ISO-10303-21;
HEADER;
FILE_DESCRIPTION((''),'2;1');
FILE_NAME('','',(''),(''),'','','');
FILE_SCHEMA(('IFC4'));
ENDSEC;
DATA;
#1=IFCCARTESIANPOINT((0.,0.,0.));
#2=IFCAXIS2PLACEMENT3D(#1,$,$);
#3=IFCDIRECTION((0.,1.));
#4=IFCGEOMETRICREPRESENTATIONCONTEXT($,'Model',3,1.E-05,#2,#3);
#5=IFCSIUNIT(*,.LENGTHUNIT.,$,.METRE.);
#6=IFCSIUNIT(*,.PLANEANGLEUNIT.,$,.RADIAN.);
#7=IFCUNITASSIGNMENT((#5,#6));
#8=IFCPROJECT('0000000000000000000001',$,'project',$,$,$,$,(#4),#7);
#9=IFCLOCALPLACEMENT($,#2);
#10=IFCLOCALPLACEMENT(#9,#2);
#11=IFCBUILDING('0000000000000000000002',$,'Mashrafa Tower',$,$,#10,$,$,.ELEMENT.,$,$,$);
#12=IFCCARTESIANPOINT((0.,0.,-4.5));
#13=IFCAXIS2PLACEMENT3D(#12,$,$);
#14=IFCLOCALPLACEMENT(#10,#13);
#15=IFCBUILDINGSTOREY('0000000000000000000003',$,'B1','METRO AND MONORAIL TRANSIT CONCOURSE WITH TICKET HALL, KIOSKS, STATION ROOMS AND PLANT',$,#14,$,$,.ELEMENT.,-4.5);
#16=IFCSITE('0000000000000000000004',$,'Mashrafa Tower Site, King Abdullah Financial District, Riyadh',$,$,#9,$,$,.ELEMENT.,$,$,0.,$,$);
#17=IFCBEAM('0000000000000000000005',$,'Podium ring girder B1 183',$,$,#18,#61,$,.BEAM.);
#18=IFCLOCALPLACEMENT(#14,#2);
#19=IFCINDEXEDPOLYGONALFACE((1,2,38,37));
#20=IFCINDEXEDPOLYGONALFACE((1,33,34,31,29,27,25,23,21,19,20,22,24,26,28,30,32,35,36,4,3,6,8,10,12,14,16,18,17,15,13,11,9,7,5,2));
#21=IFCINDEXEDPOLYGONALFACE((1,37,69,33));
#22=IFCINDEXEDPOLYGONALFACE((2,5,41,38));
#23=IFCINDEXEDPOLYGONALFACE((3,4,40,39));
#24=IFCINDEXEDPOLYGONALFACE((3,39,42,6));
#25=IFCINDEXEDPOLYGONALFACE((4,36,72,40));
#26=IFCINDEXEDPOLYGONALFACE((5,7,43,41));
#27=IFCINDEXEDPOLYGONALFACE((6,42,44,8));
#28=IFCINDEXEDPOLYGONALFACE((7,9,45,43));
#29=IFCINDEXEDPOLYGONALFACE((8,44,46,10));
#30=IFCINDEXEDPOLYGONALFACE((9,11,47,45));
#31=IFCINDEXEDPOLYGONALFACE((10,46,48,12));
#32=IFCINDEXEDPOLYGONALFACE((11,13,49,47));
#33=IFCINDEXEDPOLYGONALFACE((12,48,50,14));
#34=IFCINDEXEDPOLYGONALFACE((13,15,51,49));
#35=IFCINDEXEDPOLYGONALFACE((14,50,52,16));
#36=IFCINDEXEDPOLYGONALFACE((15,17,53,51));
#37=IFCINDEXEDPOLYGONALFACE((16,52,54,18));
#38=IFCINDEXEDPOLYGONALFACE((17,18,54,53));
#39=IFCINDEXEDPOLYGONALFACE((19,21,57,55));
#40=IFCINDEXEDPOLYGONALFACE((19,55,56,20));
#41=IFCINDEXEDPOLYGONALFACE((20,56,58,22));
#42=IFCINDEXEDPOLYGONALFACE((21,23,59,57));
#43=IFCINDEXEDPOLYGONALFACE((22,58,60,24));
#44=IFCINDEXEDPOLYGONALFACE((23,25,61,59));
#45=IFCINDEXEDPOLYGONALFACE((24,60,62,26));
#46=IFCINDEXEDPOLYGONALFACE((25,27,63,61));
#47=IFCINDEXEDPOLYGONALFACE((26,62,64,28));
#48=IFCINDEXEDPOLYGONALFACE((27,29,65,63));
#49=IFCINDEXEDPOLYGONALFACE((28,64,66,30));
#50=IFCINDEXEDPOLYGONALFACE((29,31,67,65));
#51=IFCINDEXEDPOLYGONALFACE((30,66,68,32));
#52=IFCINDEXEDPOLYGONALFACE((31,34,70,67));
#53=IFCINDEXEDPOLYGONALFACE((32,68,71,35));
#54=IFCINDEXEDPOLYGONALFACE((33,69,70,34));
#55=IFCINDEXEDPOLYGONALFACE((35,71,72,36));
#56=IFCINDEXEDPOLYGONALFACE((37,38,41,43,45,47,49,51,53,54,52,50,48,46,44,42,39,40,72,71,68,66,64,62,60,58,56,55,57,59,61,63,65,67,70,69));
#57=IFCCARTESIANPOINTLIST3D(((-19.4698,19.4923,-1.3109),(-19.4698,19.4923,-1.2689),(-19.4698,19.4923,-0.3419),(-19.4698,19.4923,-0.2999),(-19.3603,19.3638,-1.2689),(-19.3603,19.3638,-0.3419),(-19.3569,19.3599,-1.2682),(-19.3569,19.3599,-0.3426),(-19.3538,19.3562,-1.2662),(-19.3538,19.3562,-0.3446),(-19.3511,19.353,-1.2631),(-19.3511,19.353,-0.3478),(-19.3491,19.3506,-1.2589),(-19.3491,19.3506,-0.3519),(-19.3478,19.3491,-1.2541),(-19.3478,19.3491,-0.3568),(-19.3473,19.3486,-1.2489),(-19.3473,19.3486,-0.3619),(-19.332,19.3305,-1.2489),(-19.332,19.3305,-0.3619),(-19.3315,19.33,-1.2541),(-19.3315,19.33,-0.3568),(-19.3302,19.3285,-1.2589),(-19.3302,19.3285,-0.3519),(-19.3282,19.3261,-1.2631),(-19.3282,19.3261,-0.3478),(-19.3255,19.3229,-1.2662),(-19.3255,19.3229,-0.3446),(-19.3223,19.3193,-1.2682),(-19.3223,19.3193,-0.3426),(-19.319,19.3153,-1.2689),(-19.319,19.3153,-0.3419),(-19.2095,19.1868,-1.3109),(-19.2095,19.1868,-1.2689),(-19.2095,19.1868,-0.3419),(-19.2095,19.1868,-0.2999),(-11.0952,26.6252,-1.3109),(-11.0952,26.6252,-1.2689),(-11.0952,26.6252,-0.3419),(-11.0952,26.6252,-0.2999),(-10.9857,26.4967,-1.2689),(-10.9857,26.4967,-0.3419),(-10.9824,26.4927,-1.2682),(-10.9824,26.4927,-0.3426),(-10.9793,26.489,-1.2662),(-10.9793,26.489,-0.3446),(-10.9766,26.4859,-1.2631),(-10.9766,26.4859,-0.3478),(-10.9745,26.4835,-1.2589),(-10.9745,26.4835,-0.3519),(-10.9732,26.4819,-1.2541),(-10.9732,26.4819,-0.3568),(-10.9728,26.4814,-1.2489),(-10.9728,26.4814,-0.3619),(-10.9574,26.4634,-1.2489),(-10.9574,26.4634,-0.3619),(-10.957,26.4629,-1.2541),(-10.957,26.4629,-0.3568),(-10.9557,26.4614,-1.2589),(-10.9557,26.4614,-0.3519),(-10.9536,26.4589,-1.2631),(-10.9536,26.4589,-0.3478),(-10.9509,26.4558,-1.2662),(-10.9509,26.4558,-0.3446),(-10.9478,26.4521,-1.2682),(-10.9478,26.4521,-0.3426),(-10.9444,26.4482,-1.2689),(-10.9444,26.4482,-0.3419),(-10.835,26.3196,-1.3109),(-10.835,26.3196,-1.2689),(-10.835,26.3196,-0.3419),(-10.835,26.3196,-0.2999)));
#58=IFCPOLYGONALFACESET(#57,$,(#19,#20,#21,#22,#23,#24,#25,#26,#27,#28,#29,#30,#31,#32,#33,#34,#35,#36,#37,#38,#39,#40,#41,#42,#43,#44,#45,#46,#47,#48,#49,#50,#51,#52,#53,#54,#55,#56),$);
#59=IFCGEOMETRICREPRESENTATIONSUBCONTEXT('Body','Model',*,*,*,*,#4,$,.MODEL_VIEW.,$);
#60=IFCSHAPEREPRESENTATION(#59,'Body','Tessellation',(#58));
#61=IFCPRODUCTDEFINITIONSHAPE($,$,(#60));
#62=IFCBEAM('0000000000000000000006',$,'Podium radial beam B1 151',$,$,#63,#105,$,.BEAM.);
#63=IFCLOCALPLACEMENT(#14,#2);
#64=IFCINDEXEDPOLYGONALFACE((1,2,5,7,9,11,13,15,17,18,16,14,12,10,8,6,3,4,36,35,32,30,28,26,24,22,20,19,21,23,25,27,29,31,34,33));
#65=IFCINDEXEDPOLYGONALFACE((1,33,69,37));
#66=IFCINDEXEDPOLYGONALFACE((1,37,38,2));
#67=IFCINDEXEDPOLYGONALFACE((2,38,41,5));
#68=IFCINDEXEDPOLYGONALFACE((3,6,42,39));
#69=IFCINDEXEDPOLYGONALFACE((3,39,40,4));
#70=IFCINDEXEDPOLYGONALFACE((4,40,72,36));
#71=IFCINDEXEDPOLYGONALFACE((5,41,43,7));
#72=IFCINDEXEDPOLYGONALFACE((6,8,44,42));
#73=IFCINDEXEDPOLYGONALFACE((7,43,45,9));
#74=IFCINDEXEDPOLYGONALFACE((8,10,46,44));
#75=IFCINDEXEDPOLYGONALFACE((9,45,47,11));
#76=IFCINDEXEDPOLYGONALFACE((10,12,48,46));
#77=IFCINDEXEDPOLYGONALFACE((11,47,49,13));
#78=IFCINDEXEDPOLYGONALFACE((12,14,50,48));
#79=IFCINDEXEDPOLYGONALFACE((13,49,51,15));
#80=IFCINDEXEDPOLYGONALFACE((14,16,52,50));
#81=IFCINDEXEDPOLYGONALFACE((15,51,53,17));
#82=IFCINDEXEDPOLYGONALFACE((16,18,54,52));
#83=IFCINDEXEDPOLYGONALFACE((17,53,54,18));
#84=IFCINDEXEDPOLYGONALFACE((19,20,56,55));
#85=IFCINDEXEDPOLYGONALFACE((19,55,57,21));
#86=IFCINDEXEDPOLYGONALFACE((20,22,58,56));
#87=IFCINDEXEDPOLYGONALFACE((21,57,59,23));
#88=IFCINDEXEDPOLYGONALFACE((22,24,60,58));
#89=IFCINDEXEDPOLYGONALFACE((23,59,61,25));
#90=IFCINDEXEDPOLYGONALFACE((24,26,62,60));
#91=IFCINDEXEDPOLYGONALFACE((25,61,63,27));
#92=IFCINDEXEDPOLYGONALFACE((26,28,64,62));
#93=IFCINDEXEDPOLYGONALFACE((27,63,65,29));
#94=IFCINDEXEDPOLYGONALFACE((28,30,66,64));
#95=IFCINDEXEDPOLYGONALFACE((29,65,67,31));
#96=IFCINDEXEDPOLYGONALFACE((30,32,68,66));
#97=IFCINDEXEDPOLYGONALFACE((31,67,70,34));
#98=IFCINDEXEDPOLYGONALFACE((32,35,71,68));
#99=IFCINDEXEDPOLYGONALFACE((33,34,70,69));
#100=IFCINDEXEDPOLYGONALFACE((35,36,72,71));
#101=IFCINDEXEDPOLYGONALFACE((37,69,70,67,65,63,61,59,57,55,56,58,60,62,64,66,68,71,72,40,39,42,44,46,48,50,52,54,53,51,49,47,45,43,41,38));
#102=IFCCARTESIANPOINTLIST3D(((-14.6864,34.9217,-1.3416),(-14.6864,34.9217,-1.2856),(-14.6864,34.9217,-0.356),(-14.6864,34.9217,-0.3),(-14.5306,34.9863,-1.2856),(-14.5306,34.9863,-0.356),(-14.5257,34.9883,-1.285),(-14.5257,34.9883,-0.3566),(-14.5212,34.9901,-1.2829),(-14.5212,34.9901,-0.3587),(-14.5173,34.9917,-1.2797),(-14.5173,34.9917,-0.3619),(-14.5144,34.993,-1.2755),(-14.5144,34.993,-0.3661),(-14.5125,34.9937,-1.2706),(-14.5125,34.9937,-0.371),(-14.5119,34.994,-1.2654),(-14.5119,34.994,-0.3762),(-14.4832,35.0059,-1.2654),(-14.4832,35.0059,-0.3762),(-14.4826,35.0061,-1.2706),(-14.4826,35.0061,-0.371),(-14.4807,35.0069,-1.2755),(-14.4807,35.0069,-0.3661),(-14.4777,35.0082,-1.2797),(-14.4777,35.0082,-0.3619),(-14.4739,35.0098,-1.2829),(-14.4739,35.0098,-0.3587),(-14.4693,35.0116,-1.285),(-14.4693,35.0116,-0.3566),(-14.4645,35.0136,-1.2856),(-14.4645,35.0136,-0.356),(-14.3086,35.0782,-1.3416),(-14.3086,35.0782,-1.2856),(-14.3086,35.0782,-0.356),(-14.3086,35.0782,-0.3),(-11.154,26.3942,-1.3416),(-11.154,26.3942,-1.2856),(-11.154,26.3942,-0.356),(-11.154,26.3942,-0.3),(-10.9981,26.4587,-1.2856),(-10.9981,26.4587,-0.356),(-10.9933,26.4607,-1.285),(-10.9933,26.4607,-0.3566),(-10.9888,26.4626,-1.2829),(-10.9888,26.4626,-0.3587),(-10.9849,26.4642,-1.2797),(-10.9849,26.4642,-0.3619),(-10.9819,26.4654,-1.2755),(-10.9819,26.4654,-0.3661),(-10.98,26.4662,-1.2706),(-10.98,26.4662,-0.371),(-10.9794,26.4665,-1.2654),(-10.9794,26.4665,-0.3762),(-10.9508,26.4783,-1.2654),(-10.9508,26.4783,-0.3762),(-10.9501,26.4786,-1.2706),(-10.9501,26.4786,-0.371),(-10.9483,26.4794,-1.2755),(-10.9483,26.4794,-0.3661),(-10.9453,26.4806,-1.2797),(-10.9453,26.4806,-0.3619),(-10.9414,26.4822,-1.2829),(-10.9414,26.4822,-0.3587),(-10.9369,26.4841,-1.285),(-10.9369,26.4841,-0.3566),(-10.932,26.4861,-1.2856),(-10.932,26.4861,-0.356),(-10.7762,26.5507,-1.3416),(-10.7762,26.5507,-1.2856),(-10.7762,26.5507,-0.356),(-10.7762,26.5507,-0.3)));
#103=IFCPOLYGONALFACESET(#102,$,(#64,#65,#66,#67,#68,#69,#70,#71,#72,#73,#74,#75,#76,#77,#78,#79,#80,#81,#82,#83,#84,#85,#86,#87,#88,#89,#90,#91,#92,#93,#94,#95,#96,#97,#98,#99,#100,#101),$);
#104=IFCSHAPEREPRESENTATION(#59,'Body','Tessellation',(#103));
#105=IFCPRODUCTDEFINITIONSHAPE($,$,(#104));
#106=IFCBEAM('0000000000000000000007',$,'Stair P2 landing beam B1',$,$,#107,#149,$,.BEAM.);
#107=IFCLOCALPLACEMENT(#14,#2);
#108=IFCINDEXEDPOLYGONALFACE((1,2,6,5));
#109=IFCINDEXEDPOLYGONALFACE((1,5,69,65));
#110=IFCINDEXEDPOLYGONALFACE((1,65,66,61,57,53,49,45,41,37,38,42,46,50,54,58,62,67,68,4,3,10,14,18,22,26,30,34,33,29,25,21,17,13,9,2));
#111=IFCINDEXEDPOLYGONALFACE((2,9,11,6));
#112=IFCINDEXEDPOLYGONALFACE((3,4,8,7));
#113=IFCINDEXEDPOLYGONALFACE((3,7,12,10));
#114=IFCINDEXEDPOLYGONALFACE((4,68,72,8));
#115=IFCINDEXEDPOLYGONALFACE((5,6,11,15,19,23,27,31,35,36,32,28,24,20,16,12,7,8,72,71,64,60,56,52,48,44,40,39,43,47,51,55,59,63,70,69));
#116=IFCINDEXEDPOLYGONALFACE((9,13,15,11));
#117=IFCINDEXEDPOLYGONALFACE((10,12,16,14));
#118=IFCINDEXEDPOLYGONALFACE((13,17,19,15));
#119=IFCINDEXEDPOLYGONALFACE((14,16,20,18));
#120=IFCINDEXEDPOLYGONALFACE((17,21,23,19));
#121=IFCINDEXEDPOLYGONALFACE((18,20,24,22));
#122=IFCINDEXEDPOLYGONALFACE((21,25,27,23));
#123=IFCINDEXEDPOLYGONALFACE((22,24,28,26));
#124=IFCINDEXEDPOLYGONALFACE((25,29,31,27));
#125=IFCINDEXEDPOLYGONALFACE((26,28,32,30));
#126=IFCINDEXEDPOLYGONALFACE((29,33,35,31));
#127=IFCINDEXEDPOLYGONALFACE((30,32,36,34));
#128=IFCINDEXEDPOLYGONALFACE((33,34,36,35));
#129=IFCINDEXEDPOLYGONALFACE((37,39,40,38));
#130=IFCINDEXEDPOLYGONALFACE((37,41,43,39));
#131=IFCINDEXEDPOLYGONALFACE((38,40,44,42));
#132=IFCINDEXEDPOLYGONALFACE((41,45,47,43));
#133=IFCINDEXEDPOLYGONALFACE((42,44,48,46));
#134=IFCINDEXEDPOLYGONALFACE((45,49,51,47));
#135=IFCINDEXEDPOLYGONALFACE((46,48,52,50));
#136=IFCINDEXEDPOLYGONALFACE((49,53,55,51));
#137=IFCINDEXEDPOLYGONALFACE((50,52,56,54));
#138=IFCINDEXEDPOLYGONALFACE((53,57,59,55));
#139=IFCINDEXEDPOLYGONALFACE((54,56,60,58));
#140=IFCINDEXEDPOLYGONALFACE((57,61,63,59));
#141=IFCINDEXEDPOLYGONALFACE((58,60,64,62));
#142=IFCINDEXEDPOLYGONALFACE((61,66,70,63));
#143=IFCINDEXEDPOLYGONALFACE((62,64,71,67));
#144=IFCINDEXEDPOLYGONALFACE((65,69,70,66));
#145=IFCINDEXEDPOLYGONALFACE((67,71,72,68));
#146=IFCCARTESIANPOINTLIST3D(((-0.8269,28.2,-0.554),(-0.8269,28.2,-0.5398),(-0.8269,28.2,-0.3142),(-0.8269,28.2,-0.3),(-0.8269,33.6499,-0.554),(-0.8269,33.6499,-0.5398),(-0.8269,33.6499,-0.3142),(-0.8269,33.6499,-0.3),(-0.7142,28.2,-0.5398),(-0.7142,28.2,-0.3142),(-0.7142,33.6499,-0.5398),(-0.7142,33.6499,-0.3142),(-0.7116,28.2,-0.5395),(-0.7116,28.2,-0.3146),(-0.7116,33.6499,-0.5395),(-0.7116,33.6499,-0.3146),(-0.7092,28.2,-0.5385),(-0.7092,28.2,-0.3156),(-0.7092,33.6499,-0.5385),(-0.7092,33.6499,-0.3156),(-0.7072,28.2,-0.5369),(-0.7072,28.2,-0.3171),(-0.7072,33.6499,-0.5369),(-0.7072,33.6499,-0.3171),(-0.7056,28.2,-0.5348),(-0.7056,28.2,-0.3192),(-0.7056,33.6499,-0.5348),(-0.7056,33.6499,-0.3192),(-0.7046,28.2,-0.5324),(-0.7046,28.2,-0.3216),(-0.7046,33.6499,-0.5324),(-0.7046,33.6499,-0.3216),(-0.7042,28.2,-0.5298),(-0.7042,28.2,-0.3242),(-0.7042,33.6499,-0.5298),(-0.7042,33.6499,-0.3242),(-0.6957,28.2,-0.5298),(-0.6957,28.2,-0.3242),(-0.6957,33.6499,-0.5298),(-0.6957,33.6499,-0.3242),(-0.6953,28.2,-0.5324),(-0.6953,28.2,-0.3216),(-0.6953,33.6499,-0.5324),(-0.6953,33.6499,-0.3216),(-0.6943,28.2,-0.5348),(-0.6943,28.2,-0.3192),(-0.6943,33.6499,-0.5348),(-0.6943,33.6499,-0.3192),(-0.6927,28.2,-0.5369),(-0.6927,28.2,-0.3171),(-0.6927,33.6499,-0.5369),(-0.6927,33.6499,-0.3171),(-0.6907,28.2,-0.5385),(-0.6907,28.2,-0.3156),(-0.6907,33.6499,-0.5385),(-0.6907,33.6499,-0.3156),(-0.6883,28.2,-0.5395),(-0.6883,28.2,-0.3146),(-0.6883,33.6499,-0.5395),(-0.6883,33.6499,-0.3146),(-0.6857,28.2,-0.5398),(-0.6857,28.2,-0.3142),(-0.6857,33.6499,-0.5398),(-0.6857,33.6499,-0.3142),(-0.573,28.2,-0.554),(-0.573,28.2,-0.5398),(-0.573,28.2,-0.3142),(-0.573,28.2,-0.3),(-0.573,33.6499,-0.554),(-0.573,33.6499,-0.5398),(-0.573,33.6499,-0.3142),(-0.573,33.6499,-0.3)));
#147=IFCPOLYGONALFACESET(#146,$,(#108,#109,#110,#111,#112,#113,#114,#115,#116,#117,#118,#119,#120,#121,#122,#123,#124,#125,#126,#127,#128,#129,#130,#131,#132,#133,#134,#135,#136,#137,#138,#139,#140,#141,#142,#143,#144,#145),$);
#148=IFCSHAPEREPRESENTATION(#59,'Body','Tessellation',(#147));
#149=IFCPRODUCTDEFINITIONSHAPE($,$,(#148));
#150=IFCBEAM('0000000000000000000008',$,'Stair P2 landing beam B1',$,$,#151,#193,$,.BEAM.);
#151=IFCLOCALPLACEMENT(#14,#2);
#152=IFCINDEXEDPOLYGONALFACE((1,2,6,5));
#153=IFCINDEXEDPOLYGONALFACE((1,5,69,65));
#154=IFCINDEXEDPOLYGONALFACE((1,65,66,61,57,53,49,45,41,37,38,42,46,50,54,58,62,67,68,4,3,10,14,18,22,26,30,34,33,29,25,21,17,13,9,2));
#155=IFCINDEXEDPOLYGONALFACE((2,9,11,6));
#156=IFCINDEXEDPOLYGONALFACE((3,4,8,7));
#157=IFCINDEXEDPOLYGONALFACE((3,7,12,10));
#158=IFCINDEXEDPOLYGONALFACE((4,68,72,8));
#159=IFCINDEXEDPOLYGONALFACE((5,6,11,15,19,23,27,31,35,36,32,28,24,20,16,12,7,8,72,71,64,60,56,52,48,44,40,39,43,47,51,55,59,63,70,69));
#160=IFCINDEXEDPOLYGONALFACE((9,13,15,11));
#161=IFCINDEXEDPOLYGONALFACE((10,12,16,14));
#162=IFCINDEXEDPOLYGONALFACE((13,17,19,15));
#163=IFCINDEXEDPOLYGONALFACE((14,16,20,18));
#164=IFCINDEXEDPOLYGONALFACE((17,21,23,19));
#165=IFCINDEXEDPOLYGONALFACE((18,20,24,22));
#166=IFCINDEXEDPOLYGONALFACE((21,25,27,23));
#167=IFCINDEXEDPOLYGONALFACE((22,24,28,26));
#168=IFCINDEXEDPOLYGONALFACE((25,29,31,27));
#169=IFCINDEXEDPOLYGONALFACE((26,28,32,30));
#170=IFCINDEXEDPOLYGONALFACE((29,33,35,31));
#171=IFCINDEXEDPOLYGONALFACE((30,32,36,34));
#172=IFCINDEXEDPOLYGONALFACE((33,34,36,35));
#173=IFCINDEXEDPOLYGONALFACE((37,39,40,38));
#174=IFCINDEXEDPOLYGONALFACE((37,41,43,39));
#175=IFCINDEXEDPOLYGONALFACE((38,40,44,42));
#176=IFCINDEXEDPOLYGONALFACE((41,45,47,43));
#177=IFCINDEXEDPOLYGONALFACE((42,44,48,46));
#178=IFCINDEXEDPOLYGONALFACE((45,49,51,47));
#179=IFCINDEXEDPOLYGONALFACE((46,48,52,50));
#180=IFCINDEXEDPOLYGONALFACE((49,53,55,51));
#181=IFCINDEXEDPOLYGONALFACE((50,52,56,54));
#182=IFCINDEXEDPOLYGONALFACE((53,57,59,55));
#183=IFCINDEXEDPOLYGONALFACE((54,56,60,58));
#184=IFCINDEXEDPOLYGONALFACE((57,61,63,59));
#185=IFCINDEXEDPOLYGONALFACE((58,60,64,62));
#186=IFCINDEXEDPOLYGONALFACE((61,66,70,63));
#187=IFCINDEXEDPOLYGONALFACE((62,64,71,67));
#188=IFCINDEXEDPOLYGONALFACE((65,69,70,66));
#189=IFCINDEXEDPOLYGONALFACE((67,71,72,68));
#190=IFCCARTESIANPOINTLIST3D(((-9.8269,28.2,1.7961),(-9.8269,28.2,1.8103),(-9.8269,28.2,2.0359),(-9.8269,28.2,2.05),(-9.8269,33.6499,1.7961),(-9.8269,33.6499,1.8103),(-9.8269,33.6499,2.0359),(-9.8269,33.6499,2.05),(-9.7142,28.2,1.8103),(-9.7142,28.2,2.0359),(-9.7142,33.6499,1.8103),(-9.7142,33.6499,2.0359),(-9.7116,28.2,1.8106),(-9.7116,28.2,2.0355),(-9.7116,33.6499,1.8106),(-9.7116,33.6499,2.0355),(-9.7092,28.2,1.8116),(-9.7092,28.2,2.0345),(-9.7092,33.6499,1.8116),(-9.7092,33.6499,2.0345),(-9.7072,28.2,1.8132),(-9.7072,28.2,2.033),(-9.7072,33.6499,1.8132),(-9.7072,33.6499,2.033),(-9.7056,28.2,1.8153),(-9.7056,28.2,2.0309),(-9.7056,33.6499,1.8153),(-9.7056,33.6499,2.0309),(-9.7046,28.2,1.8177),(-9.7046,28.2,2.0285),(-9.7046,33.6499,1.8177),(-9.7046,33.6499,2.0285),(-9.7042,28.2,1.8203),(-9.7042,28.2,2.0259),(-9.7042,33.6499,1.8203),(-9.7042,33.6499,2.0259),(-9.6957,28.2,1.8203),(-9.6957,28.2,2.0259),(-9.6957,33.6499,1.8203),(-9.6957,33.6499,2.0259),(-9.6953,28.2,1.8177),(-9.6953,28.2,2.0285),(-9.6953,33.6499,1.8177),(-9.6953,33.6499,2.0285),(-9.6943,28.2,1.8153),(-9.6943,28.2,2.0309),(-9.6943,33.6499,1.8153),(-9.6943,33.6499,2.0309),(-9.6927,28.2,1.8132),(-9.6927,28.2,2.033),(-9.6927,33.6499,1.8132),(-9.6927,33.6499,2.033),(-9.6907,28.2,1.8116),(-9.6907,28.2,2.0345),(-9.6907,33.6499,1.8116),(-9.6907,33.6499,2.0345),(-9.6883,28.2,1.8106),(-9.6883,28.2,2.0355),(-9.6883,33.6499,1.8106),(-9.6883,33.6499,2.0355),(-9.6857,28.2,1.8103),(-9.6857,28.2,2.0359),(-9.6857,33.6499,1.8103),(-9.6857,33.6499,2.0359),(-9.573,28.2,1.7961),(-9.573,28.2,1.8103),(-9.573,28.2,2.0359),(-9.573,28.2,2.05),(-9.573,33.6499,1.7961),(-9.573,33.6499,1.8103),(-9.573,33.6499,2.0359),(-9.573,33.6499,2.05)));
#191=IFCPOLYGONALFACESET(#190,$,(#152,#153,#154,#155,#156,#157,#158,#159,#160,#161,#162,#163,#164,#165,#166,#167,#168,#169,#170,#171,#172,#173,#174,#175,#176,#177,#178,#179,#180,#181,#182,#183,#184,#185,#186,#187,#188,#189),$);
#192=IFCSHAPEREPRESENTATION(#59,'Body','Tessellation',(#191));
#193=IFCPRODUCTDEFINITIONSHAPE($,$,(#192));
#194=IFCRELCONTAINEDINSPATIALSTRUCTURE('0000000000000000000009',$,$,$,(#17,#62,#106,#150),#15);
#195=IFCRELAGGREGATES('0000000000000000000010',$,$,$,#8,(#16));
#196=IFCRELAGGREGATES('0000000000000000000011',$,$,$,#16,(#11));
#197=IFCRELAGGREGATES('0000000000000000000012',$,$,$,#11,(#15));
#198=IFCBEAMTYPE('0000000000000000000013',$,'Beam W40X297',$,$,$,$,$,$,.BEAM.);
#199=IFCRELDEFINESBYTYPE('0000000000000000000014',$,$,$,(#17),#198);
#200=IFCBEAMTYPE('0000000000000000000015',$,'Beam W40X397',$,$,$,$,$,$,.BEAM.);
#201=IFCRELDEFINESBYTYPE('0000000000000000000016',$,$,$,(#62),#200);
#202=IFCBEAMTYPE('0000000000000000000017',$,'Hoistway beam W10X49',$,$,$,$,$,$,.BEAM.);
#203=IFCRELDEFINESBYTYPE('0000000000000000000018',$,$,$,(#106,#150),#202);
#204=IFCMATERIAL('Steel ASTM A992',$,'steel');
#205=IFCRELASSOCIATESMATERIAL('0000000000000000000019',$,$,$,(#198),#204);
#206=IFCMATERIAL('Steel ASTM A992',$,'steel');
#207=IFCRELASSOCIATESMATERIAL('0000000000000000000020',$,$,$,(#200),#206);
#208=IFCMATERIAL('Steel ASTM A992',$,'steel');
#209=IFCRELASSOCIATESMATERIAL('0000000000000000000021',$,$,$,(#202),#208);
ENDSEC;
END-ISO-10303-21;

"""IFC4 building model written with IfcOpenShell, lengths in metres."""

from ifc_helpers import new_model, si_unit, direction, frame, origin, origin_2d, place, context, subcontext, project, spatial, i_section, extrude, material, material_profile, profile_set, type_object, element, save


model = new_model("IFC4")

# Units and contexts
model_context = context("Model", 3, precision=1e-05, world=origin(), true_north=direction((0.0, 1.0)))
body_context = subcontext(model_context, "Body", "Model", "MODEL_VIEW")
ifc_project = project(units=[si_unit("LENGTHUNIT", "METRE"), si_unit("PLANEANGLEUNIT", "RADIAN")], contexts=[model_context])

# Site, building, storey
site_placement = place(None, origin())
site = spatial("IfcSite", under=ifc_project, at=site_placement, Name="Mashrafa Tower Site, King Abdullah Financial District, Riyadh", CompositionType="ELEMENT", RefElevation=0.0)
building_placement = place(site_placement, origin())
building = spatial("IfcBuilding", under=site, at=building_placement, Name="Mashrafa Tower", CompositionType="ELEMENT")
storey_placement = place(building_placement, frame((0.0, 0.0, -4.5)))
storey = spatial("IfcBuildingStorey", under=building, at=storey_placement, Name="B1", Description="METRO AND MONORAIL TRANSIT CONCOURSE WITH TICKET HALL, KIOSKS, STATION ROOMS AND PLANT", CompositionType="ELEMENT", Elevation=-4.5)

# Beams
ifc_material_1 = material(Name="Steel ASTM A992", Category="steel")
ifc_material_profile_1 = material_profile(ifc_material_1, i_section(OverallWidth=0.4014, OverallDepth=1.011, WebThickness=0.0237, FlangeThickness=0.042, FilletRadius=0.02, at=origin_2d()), Name="W40X297")
ifc_profile_set_1 = profile_set([ifc_material_profile_1], Name="Steel ASTM A992")
beam_type_1 = type_object("IfcBeamType", Name="Beam W40X297", PredefinedType="BEAM", material=ifc_profile_set_1)
beam_1_placement = place(storey_placement, frame((-10.9651, 26.4724, -0.8054), z_axis=(-0.761289, -0.648412, 0.0), x_axis=(0.648412, -0.761289, 0.0)))
element("IfcBeam", 1, at=beam_1_placement, inside=storey, type_object=beam_type_1, Name="Podium ring girder B1 183", PredefinedType="BEAM", context=body_context, shape_type="SweptSolid", body=[
    extrude(i_section(OverallWidth=0.4014, OverallDepth=1.011, WebThickness=0.0237, FlangeThickness=0.042, FilletRadius=0.02, at=origin_2d()), origin(), (0.0, 0.0, 1.0), 11.0005),
])
ifc_material_2 = material(Name="Steel ASTM A992", Category="steel")
ifc_material_profile_2 = material_profile(ifc_material_2, i_section(OverallWidth=0.4089, OverallDepth=1.0415, WebThickness=0.031, FlangeThickness=0.0559, FilletRadius=0.0203, at=origin_2d()), Name="W40X397")
ifc_profile_set_2 = profile_set([ifc_material_profile_2], Name="Steel ASTM A992")
beam_type_2 = type_object("IfcBeamType", Name="Beam W40X397", PredefinedType="BEAM", material=ifc_profile_set_2)
beam_2_placement = place(storey_placement, frame((-10.9651, 26.4724, -0.8208), z_axis=(-0.382705, 0.923871, 0.0), x_axis=(-0.923871, -0.382705, 0.0)))
element("IfcBeam", 2, at=beam_2_placement, inside=storey, type_object=beam_type_2, Name="Podium radial beam B1 151", PredefinedType="BEAM", context=body_context, shape_type="SweptSolid", body=[
    extrude(i_section(OverallWidth=0.4089, OverallDepth=1.0415, WebThickness=0.031, FlangeThickness=0.0559, FilletRadius=0.0203, at=origin_2d()), origin(), (0.0, 0.0, 1.0), 9.2302),
])
ifc_material_3 = material(Name="Steel ASTM A992", Category="steel")
ifc_material_profile_3 = material_profile(ifc_material_3, i_section(OverallWidth=0.2539, OverallDepth=0.2539, WebThickness=0.0085, FlangeThickness=0.0142, FilletRadius=0.01, at=origin_2d()), Name="W10X49")
ifc_profile_set_3 = profile_set([ifc_material_profile_3], Name="Steel ASTM A992")
beam_type_3 = type_object("IfcBeamType", Name="Hoistway beam W10X49", PredefinedType="BEAM", material=ifc_profile_set_3)
for number, where, z_axis, x_axis, name in (
    (3, (-0.7, 28.2, -0.427), (0.0, 1.0, 0.0), (-1.0, 0.0, 0.0), "Stair P2 landing beam B1"),
    (4, (-9.7, 28.2, 1.9231), (0.0, 1.0, 0.0), (-1.0, 0.0, 0.0), "Stair P2 landing beam B1"),
):
    element("IfcBeam", number, at=place(storey_placement, frame(where, z_axis=z_axis, x_axis=x_axis)), inside=storey, type_object=beam_type_3, Name=name, PredefinedType="BEAM", context=body_context, shape_type="SweptSolid", body=[
        extrude(i_section(OverallWidth=0.2539, OverallDepth=0.2539, WebThickness=0.0085, FlangeThickness=0.0142, FilletRadius=0.01, at=origin_2d()), origin(), (0.0, 0.0, 1.0), 5.45),
    ])

save(model, "model.ifc")
